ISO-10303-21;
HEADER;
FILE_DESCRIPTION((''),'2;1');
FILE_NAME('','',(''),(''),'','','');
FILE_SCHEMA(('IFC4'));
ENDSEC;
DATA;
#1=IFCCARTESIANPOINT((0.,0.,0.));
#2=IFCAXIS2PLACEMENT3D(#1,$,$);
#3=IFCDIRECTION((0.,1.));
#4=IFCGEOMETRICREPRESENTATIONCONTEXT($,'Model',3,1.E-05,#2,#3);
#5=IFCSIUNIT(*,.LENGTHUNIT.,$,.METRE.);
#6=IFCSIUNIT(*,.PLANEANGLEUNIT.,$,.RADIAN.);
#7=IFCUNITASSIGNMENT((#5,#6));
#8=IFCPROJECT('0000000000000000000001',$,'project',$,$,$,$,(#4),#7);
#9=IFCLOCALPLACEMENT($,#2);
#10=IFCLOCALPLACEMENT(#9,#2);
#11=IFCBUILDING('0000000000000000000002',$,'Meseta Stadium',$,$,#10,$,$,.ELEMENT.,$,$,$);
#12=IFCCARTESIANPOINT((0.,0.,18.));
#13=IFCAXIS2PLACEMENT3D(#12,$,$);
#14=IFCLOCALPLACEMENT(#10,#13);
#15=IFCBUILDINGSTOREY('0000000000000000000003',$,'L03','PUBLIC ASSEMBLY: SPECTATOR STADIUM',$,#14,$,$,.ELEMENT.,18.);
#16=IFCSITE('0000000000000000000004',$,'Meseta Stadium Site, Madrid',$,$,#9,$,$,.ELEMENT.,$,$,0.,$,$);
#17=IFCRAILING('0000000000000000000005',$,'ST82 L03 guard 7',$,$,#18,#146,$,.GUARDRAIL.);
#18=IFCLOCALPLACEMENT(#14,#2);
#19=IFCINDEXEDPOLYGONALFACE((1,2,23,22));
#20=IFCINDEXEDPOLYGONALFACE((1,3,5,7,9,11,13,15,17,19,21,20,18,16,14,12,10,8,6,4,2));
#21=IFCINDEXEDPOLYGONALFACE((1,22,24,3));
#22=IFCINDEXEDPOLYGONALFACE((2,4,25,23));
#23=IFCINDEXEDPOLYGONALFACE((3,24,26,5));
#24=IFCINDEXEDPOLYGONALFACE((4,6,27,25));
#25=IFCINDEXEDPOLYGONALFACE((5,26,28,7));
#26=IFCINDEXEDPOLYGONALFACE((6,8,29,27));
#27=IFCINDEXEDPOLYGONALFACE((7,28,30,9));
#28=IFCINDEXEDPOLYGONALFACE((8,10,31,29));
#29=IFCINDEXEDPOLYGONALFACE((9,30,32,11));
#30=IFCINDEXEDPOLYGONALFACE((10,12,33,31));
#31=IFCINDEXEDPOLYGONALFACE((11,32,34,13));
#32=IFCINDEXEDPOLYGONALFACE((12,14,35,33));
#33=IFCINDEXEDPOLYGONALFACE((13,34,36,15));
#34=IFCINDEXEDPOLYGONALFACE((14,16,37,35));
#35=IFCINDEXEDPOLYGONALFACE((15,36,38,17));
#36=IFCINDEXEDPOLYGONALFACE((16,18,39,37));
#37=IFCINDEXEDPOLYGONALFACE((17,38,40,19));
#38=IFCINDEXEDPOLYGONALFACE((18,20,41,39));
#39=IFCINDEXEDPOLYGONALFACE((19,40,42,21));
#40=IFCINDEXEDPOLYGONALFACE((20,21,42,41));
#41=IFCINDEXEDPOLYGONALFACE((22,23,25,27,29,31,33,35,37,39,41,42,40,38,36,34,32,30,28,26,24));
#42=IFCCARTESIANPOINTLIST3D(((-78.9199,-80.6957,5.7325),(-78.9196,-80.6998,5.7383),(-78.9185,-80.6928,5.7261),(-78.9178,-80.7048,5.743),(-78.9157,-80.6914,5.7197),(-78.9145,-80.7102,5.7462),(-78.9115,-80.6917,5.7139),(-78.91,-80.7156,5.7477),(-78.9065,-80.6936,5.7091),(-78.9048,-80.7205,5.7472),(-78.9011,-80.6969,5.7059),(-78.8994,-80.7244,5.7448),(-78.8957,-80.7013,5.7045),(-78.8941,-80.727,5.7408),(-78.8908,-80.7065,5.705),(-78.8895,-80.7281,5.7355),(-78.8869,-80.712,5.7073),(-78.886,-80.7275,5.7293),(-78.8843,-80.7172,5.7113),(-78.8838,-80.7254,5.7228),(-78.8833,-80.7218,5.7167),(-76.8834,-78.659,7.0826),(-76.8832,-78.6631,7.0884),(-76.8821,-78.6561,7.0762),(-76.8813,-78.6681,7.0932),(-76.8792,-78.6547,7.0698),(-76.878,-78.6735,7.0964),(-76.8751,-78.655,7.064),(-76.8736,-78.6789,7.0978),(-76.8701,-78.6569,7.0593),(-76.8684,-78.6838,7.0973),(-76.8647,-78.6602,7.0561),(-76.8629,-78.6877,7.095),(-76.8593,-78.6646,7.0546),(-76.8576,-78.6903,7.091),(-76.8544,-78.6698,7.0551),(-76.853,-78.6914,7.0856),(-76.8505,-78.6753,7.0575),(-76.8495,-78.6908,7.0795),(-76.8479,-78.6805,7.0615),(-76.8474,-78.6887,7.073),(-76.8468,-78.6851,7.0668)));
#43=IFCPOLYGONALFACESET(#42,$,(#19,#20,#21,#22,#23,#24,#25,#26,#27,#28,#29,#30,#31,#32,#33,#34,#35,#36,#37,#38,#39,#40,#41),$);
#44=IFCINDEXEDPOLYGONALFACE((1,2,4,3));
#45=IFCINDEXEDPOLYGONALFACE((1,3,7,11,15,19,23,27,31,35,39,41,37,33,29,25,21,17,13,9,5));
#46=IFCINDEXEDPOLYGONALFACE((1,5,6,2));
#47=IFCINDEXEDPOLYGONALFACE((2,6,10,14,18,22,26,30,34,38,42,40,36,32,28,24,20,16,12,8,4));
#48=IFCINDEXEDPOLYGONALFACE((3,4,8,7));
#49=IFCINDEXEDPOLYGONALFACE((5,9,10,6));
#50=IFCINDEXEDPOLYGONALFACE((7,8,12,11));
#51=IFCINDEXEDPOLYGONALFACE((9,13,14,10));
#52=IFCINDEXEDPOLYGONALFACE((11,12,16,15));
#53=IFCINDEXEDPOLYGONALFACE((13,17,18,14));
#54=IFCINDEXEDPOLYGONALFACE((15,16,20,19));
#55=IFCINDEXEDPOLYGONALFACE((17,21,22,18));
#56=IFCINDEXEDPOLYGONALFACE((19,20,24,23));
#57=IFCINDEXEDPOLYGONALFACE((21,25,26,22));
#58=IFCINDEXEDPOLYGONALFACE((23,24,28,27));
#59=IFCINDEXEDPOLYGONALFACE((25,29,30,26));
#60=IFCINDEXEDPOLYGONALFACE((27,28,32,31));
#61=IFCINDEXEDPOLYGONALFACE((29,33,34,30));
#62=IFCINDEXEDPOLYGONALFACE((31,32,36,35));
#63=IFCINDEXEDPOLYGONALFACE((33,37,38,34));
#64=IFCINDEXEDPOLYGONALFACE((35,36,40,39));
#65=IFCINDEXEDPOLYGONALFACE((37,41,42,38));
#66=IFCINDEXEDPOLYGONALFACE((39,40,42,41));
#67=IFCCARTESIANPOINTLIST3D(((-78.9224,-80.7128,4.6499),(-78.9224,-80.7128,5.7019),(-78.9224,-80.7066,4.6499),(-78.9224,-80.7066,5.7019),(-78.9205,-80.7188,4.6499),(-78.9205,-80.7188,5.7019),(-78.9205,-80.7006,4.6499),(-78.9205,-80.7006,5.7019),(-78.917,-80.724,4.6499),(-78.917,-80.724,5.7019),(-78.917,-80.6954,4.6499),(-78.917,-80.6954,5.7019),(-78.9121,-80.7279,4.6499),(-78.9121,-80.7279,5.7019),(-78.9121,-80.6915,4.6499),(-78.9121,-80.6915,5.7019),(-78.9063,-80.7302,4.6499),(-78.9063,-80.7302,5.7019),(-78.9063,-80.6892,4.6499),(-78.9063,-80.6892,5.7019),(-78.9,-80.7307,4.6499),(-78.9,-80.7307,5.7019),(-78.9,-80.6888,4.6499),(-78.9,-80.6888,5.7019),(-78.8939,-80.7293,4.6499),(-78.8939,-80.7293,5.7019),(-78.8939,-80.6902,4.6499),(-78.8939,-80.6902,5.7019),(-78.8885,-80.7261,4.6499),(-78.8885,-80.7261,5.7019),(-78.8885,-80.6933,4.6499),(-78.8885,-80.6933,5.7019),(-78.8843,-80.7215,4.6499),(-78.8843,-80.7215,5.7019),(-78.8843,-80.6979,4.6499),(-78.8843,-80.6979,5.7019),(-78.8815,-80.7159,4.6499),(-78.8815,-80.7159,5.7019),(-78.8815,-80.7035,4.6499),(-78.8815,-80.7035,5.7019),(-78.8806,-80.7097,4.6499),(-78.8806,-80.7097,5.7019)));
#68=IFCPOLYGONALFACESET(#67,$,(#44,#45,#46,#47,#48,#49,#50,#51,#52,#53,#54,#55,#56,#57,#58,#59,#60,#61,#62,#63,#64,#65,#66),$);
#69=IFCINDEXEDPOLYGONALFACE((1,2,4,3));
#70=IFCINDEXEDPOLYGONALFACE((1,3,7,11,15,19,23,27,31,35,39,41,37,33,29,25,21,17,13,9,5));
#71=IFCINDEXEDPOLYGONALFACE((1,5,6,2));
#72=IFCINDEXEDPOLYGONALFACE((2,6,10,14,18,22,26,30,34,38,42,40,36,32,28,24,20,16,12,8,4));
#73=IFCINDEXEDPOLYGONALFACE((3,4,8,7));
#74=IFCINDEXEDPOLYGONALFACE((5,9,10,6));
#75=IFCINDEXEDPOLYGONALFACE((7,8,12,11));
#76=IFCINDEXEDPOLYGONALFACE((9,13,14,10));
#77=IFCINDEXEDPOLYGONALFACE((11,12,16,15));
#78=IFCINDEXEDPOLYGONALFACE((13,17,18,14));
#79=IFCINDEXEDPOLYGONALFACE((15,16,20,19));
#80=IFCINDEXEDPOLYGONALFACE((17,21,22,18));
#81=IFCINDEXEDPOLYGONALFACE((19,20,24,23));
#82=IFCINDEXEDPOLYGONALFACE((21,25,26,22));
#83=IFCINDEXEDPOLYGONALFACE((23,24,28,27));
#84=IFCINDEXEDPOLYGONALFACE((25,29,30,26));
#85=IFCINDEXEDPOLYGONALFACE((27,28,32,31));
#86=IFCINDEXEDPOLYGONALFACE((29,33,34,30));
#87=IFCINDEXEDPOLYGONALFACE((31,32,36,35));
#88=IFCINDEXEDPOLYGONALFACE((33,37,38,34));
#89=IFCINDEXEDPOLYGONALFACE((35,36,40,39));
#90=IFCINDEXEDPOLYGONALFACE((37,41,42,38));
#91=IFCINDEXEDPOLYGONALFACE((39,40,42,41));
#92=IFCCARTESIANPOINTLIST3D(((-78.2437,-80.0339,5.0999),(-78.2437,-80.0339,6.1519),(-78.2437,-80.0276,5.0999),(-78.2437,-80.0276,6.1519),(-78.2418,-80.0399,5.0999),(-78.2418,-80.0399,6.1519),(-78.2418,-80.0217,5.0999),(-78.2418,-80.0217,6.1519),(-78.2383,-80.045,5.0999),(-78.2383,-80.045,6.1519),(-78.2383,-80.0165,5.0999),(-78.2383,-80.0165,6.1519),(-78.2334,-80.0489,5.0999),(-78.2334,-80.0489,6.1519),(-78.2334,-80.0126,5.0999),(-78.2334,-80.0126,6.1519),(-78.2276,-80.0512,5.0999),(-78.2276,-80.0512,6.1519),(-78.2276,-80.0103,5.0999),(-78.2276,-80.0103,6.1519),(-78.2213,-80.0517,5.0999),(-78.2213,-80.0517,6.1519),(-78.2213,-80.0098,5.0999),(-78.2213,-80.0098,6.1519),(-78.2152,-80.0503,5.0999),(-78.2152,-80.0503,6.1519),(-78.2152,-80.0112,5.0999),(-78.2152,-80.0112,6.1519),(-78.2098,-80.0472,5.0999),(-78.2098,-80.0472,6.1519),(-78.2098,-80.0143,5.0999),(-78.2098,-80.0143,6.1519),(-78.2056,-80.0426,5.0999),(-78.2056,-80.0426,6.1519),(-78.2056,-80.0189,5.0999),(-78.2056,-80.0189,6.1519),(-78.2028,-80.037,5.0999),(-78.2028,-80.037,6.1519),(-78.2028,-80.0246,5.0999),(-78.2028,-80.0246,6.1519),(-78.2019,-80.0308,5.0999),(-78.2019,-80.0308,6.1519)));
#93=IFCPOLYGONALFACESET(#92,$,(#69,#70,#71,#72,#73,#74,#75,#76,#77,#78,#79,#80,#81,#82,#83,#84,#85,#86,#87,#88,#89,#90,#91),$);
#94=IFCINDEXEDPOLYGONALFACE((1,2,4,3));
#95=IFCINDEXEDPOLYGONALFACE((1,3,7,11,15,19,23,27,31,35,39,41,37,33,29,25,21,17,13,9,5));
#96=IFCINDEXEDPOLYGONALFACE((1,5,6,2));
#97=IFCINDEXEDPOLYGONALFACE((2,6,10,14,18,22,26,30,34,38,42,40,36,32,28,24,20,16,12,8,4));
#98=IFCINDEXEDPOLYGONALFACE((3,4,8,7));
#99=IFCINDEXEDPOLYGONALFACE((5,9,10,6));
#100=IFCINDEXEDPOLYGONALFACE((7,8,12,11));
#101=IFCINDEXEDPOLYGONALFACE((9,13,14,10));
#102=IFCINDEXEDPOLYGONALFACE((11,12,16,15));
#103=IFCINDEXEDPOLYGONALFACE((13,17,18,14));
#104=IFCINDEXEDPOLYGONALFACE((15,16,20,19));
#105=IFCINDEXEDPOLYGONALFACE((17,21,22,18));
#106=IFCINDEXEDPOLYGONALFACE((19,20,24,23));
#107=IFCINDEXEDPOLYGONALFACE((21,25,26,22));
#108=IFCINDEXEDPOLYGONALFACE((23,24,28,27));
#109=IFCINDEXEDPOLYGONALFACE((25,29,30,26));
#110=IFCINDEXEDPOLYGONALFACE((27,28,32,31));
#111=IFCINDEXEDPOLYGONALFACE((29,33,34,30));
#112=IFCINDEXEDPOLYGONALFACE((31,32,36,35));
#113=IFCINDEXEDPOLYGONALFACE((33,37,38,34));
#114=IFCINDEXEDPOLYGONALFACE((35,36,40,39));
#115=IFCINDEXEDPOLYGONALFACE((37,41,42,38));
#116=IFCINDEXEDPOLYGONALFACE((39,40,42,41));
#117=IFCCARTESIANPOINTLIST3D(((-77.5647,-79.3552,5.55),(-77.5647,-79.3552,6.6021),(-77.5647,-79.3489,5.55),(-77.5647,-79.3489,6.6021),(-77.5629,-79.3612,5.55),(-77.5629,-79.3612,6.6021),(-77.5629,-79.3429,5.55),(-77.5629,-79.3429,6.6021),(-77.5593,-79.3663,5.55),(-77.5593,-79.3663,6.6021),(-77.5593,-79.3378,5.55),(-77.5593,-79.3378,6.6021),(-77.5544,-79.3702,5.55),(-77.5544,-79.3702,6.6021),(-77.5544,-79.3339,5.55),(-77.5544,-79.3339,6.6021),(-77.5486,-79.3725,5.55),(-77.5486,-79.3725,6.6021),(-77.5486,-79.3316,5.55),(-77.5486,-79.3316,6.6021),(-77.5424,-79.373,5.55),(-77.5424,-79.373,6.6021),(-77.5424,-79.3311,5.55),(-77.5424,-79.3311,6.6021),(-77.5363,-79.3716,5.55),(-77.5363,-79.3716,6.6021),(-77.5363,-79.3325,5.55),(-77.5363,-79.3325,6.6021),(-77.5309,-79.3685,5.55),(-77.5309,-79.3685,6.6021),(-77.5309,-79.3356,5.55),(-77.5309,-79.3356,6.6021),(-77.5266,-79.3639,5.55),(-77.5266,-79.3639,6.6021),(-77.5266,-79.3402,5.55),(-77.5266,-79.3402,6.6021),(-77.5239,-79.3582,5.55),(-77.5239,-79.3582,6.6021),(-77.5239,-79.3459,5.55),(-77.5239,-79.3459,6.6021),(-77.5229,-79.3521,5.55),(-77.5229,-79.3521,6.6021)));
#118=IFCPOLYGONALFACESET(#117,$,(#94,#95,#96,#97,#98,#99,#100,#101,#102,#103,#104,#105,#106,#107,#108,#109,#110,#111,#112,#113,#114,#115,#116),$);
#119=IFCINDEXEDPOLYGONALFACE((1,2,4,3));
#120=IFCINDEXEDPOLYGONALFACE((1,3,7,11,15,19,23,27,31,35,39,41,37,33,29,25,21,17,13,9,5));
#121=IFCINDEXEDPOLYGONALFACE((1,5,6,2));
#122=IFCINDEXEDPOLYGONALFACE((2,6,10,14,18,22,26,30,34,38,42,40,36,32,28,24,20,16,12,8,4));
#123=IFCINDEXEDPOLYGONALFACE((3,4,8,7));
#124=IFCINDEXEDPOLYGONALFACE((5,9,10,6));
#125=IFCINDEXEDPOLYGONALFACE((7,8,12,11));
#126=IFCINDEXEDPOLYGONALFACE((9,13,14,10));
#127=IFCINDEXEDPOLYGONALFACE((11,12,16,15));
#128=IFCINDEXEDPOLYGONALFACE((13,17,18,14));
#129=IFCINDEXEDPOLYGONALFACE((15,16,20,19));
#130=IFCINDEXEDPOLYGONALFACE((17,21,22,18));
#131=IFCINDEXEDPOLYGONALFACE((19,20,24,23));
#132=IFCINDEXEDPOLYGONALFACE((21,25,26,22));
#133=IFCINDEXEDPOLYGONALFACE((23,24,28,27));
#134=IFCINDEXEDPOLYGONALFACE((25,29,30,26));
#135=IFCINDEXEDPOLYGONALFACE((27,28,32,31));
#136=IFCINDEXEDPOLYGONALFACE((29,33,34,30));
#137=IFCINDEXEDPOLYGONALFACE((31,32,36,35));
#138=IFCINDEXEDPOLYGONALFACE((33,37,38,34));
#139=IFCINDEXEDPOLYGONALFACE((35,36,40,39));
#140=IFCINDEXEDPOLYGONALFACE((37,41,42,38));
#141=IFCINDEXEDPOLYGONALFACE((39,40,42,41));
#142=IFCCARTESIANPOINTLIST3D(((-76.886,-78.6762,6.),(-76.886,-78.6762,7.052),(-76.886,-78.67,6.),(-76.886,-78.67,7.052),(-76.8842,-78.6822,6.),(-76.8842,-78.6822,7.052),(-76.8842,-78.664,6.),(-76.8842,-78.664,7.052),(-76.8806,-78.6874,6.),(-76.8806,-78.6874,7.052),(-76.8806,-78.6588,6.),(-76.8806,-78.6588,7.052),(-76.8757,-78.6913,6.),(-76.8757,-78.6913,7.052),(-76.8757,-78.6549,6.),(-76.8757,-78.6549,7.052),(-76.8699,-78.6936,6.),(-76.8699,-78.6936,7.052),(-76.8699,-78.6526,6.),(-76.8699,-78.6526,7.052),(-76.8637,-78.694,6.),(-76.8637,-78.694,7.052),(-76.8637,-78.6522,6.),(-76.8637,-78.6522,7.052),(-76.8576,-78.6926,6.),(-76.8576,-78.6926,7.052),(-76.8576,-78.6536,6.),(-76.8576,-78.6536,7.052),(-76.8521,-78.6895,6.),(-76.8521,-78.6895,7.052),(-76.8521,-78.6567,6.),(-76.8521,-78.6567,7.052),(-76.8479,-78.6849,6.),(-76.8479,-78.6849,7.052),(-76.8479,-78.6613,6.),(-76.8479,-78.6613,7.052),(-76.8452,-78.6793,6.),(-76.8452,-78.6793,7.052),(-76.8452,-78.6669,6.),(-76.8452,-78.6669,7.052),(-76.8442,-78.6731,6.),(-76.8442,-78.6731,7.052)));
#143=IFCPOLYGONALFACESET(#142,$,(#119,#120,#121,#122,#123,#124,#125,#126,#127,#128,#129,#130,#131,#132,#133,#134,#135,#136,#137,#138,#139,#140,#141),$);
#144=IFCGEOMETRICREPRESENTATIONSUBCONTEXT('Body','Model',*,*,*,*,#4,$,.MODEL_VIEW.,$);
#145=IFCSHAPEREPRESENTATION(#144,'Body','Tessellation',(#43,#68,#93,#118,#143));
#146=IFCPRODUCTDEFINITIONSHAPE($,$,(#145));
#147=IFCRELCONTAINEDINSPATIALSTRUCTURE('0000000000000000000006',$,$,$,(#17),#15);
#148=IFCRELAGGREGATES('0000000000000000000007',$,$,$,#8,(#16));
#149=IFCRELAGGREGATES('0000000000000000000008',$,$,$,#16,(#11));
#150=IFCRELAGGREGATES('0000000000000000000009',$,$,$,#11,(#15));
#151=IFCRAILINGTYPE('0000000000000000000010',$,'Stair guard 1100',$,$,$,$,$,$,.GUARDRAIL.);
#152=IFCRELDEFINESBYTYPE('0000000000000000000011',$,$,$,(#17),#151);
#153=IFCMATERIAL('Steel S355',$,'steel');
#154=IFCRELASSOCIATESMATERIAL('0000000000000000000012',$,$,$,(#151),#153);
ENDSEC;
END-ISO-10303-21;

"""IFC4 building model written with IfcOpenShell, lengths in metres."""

from ifc_helpers import new_model, si_unit, direction, frame, origin, origin_2d, place, context, subcontext, project, spatial, circle, extrude, material, type_object, element, save


model = new_model("IFC4")

# Units and contexts
model_context = context("Model", 3, precision=1e-05, world=origin(), true_north=direction((0.0, 1.0)))
body_context = subcontext(model_context, "Body", "Model", "MODEL_VIEW")
ifc_project = project(units=[si_unit("LENGTHUNIT", "METRE"), si_unit("PLANEANGLEUNIT", "RADIAN")], contexts=[model_context])

# Site, building, storey
site_placement = place(None, origin())
site = spatial("IfcSite", under=ifc_project, at=site_placement, Name="Meseta Stadium Site, Madrid", CompositionType="ELEMENT", RefElevation=0.0)
building_placement = place(site_placement, origin())
building = spatial("IfcBuilding", under=site, at=building_placement, Name="Meseta Stadium", CompositionType="ELEMENT")
storey_placement = place(building_placement, frame((0.0, 0.0, 18.0)))
storey = spatial("IfcBuildingStorey", under=building, at=storey_placement, Name="L03", Description="PUBLIC ASSEMBLY: SPECTATOR STADIUM", CompositionType="ELEMENT", Elevation=18.0)

# Railing
ifc_material_1 = material(Name="Steel S355", Category="steel")
railing_type_1 = type_object("IfcRailingType", Name="Stair guard 1100", PredefinedType="GUARDRAIL", material=ifc_material_1)
railing_1_placement = place(storey_placement, frame((-78.9016, -80.7097, 4.6499)))
element("IfcRailing", 1, at=railing_1_placement, inside=storey, type_object=railing_type_1, Name="ST82 L03 guard 7", PredefinedType="GUARDRAIL", context=body_context, shape_type="SweptSolid", body=[
    extrude(circle(Radius=0.0239, at=origin_2d()), frame((0.0, 0.0, 1.0762), z_axis=(0.640211, 0.640288, 0.424454), x_axis=(-0.707149, 0.707064, 0.0)), (0.0, 0.0, 1.0), 3.1809),
    extrude(circle(Radius=0.021, at=origin_2d()), origin(), (0.0, 0.0, 1.0), 1.052),
    extrude(circle(Radius=0.021, at=origin_2d()), frame((0.6787, 0.679, 0.45)), (0.0, 0.0, 1.0), 1.052),
    extrude(circle(Radius=0.021, at=origin_2d()), frame((1.3577, 1.3577, 0.9001)), (0.0, 0.0, 1.0), 1.052),
    extrude(circle(Radius=0.021, at=origin_2d()), frame((2.0364, 2.0366, 1.3501)), (0.0, 0.0, 1.0), 1.052),
])

save(model, "model.ifc")
